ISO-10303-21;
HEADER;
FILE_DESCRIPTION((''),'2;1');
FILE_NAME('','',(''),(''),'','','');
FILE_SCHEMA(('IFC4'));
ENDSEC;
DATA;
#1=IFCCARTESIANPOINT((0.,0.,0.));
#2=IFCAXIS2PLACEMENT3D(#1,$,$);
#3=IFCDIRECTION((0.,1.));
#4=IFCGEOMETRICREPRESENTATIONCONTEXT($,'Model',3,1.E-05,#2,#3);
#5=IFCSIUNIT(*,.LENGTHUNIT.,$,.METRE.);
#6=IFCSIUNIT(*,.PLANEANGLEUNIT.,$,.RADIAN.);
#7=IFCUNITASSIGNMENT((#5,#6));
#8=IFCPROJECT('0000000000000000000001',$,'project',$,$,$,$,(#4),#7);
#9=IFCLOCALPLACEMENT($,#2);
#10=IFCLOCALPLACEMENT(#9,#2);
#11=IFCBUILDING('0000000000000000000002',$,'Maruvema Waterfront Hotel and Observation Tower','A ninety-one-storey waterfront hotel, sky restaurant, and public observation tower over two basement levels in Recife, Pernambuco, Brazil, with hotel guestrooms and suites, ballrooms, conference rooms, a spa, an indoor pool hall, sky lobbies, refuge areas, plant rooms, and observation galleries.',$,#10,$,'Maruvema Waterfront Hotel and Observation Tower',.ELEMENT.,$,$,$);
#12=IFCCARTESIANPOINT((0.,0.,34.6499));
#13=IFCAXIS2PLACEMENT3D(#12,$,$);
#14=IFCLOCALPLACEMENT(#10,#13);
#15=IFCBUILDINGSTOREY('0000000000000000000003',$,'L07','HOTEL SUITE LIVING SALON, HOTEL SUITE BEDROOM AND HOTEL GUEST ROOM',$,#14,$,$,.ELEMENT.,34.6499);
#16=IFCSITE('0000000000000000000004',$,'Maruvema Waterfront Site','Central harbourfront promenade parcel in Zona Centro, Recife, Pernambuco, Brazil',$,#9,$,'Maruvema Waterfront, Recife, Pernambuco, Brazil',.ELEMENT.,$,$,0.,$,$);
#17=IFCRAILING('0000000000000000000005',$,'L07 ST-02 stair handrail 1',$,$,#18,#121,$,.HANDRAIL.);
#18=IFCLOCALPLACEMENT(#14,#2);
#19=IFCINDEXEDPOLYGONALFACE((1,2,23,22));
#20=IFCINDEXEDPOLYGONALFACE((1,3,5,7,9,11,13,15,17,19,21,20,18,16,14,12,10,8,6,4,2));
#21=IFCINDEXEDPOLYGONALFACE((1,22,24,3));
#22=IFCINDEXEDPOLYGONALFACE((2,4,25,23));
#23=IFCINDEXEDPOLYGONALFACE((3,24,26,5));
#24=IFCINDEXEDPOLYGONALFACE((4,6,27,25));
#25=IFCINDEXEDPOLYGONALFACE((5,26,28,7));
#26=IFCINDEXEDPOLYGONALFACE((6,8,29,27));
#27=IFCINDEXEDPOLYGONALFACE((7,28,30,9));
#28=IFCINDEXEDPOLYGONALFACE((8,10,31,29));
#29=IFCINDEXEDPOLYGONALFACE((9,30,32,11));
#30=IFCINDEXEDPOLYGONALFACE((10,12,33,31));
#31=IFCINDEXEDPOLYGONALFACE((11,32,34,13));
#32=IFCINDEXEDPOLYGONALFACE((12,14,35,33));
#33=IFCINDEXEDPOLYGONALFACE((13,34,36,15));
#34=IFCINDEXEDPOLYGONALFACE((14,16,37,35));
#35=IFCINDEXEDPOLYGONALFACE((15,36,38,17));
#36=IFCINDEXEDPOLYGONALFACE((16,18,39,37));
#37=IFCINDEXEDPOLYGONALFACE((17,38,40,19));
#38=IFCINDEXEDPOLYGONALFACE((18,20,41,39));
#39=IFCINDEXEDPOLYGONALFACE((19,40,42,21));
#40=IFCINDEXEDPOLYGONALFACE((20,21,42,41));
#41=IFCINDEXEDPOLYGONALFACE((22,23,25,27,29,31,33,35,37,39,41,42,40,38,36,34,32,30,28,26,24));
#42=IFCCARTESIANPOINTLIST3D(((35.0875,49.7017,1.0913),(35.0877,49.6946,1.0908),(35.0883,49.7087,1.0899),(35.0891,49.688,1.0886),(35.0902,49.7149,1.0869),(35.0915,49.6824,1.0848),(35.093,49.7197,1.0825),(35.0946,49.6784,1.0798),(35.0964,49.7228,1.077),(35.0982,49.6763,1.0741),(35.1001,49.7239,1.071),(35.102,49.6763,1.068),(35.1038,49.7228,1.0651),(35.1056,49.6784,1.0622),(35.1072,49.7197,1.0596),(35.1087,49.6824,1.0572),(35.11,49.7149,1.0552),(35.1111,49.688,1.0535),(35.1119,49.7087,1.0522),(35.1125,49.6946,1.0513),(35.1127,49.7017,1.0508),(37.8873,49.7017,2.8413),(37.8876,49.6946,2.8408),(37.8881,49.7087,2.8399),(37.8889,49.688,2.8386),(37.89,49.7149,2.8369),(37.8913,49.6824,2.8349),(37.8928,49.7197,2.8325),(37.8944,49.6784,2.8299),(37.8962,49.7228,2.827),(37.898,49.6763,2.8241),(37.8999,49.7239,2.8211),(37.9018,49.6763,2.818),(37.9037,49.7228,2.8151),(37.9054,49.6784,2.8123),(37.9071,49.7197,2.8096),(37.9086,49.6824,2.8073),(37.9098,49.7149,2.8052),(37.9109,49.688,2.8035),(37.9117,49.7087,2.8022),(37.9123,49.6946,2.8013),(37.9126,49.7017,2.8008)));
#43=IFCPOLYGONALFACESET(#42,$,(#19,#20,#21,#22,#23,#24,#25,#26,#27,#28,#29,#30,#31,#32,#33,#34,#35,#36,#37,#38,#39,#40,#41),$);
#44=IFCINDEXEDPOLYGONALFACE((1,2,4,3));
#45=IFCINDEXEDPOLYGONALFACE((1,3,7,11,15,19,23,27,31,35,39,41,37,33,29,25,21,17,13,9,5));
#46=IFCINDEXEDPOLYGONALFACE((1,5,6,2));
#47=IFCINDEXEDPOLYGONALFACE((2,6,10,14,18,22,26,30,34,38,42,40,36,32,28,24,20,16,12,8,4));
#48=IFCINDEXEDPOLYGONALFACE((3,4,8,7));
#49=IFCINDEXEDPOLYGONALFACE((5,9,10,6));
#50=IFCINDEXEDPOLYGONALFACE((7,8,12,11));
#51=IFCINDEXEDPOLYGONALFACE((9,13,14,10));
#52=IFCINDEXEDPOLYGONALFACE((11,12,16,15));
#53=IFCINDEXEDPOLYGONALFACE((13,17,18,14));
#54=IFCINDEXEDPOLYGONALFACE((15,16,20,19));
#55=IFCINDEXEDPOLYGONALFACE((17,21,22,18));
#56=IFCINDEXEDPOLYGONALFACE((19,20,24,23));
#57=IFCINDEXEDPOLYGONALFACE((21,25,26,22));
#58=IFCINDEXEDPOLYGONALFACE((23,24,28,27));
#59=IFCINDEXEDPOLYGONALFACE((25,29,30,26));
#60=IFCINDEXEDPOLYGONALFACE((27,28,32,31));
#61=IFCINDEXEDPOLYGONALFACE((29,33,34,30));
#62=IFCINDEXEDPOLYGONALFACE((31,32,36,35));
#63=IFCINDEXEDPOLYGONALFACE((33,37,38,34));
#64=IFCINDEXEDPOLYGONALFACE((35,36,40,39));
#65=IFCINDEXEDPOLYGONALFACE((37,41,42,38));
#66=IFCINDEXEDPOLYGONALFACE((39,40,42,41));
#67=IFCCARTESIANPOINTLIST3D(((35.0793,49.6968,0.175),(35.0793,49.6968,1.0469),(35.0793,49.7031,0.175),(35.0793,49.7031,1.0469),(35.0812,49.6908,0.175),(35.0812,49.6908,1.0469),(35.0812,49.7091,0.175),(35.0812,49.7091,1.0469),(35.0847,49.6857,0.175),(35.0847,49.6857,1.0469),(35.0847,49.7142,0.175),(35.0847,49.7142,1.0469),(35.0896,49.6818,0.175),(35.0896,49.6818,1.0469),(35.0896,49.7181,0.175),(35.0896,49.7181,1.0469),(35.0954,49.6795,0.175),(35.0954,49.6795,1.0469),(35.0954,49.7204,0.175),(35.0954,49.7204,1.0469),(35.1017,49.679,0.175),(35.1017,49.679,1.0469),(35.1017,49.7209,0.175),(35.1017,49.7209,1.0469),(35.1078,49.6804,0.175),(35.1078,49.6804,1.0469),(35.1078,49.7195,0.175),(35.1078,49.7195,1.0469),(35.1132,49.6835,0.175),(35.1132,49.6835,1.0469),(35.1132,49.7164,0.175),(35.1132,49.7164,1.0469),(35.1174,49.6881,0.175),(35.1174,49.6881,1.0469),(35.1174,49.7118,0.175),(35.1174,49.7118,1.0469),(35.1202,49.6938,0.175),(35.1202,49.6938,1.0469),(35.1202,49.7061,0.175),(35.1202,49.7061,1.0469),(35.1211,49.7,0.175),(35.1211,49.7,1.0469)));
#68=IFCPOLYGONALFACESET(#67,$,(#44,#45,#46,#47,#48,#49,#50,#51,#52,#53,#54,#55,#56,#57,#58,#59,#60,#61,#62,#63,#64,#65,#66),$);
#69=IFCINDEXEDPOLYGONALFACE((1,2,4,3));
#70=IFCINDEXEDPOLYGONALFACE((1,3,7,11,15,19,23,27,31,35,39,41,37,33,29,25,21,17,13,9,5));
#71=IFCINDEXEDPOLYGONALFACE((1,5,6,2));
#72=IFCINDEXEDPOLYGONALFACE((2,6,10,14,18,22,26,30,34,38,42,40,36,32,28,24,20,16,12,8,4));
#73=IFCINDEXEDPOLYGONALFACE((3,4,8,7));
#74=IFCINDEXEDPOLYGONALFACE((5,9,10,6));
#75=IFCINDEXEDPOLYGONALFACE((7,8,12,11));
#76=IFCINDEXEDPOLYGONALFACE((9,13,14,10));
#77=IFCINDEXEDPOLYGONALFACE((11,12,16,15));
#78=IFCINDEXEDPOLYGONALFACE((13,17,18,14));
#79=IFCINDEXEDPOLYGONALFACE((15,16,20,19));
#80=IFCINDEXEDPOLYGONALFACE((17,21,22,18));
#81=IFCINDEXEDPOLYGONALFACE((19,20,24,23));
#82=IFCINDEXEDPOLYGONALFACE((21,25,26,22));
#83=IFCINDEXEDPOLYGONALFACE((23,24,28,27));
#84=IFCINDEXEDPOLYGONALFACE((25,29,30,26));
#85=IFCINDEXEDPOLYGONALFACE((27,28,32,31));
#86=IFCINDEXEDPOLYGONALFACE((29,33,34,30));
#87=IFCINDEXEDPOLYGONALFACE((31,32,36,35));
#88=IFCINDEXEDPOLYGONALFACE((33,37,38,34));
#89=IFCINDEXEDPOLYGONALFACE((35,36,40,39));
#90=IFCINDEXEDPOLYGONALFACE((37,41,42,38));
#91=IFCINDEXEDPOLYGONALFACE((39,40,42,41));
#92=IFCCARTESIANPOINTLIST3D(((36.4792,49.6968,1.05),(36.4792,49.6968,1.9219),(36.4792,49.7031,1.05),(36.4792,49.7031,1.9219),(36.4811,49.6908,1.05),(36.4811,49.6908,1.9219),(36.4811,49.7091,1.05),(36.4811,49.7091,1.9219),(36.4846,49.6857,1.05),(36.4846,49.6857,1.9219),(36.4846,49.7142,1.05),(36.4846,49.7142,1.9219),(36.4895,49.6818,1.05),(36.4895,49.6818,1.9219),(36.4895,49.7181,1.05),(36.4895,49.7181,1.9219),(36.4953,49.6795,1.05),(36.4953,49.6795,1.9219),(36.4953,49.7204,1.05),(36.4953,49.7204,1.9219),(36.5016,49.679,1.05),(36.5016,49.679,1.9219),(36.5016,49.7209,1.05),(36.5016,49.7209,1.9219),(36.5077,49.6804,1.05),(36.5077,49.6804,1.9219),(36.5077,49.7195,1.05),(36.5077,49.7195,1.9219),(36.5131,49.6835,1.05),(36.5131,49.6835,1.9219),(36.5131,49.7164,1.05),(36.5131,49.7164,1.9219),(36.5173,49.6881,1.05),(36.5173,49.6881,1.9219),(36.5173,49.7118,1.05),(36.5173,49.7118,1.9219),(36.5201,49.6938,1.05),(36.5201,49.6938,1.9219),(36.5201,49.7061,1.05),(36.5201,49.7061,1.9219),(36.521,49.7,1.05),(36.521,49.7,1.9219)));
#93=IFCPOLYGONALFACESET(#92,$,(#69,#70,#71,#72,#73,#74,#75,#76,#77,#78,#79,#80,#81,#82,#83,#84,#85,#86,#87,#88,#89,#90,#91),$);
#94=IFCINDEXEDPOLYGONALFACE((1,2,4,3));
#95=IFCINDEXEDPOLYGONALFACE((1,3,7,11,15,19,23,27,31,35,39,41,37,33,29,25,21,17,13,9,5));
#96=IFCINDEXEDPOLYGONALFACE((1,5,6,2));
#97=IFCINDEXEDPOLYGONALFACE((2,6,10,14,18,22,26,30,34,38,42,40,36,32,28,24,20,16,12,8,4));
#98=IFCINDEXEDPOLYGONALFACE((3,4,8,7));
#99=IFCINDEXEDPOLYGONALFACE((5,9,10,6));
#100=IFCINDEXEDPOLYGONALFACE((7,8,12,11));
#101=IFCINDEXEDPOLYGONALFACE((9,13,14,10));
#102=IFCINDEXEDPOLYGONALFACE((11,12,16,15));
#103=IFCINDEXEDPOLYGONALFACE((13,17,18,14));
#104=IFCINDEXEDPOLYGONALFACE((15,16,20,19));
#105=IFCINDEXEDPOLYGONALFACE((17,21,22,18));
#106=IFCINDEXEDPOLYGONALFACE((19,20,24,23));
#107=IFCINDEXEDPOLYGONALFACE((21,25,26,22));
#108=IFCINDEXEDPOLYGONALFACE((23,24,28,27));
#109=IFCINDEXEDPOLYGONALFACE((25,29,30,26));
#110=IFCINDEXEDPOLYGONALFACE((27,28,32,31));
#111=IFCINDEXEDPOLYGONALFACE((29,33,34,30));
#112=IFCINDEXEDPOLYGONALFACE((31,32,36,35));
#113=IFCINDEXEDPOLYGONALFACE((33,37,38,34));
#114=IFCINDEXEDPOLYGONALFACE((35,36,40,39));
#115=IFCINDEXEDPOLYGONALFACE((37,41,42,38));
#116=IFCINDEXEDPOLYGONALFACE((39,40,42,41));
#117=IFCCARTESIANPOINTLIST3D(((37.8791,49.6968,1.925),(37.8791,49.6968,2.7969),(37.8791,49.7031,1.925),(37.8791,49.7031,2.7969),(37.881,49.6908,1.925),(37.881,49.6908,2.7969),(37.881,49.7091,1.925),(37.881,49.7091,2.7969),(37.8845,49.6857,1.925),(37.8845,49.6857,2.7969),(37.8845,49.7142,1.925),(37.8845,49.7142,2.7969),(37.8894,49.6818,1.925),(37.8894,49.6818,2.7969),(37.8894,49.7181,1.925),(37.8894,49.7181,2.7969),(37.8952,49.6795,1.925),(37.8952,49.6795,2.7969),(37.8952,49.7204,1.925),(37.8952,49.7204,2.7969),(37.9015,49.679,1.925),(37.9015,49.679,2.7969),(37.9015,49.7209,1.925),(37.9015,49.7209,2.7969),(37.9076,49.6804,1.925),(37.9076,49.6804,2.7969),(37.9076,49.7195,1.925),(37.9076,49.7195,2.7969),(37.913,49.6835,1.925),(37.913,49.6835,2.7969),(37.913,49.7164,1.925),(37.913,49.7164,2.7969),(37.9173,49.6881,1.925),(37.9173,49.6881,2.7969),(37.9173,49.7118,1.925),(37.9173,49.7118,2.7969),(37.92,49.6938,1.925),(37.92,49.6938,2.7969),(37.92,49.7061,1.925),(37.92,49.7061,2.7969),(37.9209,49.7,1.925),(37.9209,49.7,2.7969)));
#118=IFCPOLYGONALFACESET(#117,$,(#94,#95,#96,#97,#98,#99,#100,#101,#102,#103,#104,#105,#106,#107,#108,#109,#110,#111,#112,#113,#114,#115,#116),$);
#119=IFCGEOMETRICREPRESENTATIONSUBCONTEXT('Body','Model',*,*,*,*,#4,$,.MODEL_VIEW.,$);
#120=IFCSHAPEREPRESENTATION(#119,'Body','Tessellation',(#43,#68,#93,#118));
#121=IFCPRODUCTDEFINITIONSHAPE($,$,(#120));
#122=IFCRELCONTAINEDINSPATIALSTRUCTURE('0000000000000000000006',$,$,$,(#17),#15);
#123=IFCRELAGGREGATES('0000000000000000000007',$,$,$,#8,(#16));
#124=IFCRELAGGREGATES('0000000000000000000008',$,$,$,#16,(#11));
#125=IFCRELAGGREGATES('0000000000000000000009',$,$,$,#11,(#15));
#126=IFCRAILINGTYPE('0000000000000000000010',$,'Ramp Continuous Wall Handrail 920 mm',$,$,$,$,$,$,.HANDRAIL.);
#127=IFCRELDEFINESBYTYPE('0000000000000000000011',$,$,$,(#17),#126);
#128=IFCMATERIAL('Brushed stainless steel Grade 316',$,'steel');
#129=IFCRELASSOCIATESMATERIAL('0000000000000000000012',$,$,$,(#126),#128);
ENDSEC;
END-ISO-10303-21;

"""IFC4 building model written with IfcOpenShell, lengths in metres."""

from ifc_helpers import new_model, si_unit, direction, frame, origin, origin_2d, place, context, subcontext, project, spatial, circle, extrude, material, type_object, element, save


model = new_model("IFC4")

# Units and contexts
model_context = context("Model", 3, precision=1e-05, world=origin(), true_north=direction((0.0, 1.0)))
body_context = subcontext(model_context, "Body", "Model", "MODEL_VIEW")
ifc_project = project(units=[si_unit("LENGTHUNIT", "METRE"), si_unit("PLANEANGLEUNIT", "RADIAN")], contexts=[model_context])

# Site, building, storey
site_placement = place(None, origin())
site = spatial("IfcSite", under=ifc_project, at=site_placement, Name="Maruvema Waterfront Site", Description="Central harbourfront promenade parcel in Zona Centro, Recife, Pernambuco, Brazil", LongName="Maruvema Waterfront, Recife, Pernambuco, Brazil", CompositionType="ELEMENT", RefElevation=0.0)
building_placement = place(site_placement, origin())
building = spatial("IfcBuilding", under=site, at=building_placement, Name="Maruvema Waterfront Hotel and Observation Tower", Description="A ninety-one-storey waterfront hotel, sky restaurant, and public observation tower over two basement levels in Recife, Pernambuco, Brazil, with hotel guestrooms and suites, ballrooms, conference rooms, a spa, an indoor pool hall, sky lobbies, refuge areas, plant rooms, and observation galleries.", LongName="Maruvema Waterfront Hotel and Observation Tower", CompositionType="ELEMENT")
storey_placement = place(building_placement, frame((0.0, 0.0, 34.6499)))
storey = spatial("IfcBuildingStorey", under=building, at=storey_placement, Name="L07", Description="HOTEL SUITE LIVING SALON, HOTEL SUITE BEDROOM AND HOTEL GUEST ROOM", CompositionType="ELEMENT", Elevation=34.6499)

# Railing
ifc_material_1 = material(Name="Brushed stainless steel Grade 316", Category="steel")
railing_type_1 = type_object("IfcRailingType", Name="Ramp Continuous Wall Handrail 920 mm", PredefinedType="HANDRAIL", material=ifc_material_1)
railing_1_placement = place(storey_placement, frame((35.1001, 49.7, 0.175)))
element("IfcRailing", 1, at=railing_1_placement, inside=storey, type_object=railing_type_1, Name="L07 ST-02 stair handrail 1", PredefinedType="HANDRAIL", context=body_context, shape_type="SweptSolid", body=[
    extrude(circle(Radius=0.0239, at=origin_2d()), frame((0.0, 0.0, 0.896), z_axis=(0.847982, 0.0, 0.530026), x_axis=(0.0, 1.0, 0.0)), (0.0, 0.0, 1.0), 3.3018),
    extrude(circle(Radius=0.021, at=origin_2d()), origin(), (0.0, 0.0, 1.0), 0.8718),
    extrude(circle(Radius=0.021, at=origin_2d()), frame((1.3999, 0.0, 0.875)), (0.0, 0.0, 1.0), 0.8718),
    extrude(circle(Radius=0.021, at=origin_2d()), frame((2.7998, 0.0, 1.75)), (0.0, 0.0, 1.0), 0.8718),
])

save(model, "model.ifc")
